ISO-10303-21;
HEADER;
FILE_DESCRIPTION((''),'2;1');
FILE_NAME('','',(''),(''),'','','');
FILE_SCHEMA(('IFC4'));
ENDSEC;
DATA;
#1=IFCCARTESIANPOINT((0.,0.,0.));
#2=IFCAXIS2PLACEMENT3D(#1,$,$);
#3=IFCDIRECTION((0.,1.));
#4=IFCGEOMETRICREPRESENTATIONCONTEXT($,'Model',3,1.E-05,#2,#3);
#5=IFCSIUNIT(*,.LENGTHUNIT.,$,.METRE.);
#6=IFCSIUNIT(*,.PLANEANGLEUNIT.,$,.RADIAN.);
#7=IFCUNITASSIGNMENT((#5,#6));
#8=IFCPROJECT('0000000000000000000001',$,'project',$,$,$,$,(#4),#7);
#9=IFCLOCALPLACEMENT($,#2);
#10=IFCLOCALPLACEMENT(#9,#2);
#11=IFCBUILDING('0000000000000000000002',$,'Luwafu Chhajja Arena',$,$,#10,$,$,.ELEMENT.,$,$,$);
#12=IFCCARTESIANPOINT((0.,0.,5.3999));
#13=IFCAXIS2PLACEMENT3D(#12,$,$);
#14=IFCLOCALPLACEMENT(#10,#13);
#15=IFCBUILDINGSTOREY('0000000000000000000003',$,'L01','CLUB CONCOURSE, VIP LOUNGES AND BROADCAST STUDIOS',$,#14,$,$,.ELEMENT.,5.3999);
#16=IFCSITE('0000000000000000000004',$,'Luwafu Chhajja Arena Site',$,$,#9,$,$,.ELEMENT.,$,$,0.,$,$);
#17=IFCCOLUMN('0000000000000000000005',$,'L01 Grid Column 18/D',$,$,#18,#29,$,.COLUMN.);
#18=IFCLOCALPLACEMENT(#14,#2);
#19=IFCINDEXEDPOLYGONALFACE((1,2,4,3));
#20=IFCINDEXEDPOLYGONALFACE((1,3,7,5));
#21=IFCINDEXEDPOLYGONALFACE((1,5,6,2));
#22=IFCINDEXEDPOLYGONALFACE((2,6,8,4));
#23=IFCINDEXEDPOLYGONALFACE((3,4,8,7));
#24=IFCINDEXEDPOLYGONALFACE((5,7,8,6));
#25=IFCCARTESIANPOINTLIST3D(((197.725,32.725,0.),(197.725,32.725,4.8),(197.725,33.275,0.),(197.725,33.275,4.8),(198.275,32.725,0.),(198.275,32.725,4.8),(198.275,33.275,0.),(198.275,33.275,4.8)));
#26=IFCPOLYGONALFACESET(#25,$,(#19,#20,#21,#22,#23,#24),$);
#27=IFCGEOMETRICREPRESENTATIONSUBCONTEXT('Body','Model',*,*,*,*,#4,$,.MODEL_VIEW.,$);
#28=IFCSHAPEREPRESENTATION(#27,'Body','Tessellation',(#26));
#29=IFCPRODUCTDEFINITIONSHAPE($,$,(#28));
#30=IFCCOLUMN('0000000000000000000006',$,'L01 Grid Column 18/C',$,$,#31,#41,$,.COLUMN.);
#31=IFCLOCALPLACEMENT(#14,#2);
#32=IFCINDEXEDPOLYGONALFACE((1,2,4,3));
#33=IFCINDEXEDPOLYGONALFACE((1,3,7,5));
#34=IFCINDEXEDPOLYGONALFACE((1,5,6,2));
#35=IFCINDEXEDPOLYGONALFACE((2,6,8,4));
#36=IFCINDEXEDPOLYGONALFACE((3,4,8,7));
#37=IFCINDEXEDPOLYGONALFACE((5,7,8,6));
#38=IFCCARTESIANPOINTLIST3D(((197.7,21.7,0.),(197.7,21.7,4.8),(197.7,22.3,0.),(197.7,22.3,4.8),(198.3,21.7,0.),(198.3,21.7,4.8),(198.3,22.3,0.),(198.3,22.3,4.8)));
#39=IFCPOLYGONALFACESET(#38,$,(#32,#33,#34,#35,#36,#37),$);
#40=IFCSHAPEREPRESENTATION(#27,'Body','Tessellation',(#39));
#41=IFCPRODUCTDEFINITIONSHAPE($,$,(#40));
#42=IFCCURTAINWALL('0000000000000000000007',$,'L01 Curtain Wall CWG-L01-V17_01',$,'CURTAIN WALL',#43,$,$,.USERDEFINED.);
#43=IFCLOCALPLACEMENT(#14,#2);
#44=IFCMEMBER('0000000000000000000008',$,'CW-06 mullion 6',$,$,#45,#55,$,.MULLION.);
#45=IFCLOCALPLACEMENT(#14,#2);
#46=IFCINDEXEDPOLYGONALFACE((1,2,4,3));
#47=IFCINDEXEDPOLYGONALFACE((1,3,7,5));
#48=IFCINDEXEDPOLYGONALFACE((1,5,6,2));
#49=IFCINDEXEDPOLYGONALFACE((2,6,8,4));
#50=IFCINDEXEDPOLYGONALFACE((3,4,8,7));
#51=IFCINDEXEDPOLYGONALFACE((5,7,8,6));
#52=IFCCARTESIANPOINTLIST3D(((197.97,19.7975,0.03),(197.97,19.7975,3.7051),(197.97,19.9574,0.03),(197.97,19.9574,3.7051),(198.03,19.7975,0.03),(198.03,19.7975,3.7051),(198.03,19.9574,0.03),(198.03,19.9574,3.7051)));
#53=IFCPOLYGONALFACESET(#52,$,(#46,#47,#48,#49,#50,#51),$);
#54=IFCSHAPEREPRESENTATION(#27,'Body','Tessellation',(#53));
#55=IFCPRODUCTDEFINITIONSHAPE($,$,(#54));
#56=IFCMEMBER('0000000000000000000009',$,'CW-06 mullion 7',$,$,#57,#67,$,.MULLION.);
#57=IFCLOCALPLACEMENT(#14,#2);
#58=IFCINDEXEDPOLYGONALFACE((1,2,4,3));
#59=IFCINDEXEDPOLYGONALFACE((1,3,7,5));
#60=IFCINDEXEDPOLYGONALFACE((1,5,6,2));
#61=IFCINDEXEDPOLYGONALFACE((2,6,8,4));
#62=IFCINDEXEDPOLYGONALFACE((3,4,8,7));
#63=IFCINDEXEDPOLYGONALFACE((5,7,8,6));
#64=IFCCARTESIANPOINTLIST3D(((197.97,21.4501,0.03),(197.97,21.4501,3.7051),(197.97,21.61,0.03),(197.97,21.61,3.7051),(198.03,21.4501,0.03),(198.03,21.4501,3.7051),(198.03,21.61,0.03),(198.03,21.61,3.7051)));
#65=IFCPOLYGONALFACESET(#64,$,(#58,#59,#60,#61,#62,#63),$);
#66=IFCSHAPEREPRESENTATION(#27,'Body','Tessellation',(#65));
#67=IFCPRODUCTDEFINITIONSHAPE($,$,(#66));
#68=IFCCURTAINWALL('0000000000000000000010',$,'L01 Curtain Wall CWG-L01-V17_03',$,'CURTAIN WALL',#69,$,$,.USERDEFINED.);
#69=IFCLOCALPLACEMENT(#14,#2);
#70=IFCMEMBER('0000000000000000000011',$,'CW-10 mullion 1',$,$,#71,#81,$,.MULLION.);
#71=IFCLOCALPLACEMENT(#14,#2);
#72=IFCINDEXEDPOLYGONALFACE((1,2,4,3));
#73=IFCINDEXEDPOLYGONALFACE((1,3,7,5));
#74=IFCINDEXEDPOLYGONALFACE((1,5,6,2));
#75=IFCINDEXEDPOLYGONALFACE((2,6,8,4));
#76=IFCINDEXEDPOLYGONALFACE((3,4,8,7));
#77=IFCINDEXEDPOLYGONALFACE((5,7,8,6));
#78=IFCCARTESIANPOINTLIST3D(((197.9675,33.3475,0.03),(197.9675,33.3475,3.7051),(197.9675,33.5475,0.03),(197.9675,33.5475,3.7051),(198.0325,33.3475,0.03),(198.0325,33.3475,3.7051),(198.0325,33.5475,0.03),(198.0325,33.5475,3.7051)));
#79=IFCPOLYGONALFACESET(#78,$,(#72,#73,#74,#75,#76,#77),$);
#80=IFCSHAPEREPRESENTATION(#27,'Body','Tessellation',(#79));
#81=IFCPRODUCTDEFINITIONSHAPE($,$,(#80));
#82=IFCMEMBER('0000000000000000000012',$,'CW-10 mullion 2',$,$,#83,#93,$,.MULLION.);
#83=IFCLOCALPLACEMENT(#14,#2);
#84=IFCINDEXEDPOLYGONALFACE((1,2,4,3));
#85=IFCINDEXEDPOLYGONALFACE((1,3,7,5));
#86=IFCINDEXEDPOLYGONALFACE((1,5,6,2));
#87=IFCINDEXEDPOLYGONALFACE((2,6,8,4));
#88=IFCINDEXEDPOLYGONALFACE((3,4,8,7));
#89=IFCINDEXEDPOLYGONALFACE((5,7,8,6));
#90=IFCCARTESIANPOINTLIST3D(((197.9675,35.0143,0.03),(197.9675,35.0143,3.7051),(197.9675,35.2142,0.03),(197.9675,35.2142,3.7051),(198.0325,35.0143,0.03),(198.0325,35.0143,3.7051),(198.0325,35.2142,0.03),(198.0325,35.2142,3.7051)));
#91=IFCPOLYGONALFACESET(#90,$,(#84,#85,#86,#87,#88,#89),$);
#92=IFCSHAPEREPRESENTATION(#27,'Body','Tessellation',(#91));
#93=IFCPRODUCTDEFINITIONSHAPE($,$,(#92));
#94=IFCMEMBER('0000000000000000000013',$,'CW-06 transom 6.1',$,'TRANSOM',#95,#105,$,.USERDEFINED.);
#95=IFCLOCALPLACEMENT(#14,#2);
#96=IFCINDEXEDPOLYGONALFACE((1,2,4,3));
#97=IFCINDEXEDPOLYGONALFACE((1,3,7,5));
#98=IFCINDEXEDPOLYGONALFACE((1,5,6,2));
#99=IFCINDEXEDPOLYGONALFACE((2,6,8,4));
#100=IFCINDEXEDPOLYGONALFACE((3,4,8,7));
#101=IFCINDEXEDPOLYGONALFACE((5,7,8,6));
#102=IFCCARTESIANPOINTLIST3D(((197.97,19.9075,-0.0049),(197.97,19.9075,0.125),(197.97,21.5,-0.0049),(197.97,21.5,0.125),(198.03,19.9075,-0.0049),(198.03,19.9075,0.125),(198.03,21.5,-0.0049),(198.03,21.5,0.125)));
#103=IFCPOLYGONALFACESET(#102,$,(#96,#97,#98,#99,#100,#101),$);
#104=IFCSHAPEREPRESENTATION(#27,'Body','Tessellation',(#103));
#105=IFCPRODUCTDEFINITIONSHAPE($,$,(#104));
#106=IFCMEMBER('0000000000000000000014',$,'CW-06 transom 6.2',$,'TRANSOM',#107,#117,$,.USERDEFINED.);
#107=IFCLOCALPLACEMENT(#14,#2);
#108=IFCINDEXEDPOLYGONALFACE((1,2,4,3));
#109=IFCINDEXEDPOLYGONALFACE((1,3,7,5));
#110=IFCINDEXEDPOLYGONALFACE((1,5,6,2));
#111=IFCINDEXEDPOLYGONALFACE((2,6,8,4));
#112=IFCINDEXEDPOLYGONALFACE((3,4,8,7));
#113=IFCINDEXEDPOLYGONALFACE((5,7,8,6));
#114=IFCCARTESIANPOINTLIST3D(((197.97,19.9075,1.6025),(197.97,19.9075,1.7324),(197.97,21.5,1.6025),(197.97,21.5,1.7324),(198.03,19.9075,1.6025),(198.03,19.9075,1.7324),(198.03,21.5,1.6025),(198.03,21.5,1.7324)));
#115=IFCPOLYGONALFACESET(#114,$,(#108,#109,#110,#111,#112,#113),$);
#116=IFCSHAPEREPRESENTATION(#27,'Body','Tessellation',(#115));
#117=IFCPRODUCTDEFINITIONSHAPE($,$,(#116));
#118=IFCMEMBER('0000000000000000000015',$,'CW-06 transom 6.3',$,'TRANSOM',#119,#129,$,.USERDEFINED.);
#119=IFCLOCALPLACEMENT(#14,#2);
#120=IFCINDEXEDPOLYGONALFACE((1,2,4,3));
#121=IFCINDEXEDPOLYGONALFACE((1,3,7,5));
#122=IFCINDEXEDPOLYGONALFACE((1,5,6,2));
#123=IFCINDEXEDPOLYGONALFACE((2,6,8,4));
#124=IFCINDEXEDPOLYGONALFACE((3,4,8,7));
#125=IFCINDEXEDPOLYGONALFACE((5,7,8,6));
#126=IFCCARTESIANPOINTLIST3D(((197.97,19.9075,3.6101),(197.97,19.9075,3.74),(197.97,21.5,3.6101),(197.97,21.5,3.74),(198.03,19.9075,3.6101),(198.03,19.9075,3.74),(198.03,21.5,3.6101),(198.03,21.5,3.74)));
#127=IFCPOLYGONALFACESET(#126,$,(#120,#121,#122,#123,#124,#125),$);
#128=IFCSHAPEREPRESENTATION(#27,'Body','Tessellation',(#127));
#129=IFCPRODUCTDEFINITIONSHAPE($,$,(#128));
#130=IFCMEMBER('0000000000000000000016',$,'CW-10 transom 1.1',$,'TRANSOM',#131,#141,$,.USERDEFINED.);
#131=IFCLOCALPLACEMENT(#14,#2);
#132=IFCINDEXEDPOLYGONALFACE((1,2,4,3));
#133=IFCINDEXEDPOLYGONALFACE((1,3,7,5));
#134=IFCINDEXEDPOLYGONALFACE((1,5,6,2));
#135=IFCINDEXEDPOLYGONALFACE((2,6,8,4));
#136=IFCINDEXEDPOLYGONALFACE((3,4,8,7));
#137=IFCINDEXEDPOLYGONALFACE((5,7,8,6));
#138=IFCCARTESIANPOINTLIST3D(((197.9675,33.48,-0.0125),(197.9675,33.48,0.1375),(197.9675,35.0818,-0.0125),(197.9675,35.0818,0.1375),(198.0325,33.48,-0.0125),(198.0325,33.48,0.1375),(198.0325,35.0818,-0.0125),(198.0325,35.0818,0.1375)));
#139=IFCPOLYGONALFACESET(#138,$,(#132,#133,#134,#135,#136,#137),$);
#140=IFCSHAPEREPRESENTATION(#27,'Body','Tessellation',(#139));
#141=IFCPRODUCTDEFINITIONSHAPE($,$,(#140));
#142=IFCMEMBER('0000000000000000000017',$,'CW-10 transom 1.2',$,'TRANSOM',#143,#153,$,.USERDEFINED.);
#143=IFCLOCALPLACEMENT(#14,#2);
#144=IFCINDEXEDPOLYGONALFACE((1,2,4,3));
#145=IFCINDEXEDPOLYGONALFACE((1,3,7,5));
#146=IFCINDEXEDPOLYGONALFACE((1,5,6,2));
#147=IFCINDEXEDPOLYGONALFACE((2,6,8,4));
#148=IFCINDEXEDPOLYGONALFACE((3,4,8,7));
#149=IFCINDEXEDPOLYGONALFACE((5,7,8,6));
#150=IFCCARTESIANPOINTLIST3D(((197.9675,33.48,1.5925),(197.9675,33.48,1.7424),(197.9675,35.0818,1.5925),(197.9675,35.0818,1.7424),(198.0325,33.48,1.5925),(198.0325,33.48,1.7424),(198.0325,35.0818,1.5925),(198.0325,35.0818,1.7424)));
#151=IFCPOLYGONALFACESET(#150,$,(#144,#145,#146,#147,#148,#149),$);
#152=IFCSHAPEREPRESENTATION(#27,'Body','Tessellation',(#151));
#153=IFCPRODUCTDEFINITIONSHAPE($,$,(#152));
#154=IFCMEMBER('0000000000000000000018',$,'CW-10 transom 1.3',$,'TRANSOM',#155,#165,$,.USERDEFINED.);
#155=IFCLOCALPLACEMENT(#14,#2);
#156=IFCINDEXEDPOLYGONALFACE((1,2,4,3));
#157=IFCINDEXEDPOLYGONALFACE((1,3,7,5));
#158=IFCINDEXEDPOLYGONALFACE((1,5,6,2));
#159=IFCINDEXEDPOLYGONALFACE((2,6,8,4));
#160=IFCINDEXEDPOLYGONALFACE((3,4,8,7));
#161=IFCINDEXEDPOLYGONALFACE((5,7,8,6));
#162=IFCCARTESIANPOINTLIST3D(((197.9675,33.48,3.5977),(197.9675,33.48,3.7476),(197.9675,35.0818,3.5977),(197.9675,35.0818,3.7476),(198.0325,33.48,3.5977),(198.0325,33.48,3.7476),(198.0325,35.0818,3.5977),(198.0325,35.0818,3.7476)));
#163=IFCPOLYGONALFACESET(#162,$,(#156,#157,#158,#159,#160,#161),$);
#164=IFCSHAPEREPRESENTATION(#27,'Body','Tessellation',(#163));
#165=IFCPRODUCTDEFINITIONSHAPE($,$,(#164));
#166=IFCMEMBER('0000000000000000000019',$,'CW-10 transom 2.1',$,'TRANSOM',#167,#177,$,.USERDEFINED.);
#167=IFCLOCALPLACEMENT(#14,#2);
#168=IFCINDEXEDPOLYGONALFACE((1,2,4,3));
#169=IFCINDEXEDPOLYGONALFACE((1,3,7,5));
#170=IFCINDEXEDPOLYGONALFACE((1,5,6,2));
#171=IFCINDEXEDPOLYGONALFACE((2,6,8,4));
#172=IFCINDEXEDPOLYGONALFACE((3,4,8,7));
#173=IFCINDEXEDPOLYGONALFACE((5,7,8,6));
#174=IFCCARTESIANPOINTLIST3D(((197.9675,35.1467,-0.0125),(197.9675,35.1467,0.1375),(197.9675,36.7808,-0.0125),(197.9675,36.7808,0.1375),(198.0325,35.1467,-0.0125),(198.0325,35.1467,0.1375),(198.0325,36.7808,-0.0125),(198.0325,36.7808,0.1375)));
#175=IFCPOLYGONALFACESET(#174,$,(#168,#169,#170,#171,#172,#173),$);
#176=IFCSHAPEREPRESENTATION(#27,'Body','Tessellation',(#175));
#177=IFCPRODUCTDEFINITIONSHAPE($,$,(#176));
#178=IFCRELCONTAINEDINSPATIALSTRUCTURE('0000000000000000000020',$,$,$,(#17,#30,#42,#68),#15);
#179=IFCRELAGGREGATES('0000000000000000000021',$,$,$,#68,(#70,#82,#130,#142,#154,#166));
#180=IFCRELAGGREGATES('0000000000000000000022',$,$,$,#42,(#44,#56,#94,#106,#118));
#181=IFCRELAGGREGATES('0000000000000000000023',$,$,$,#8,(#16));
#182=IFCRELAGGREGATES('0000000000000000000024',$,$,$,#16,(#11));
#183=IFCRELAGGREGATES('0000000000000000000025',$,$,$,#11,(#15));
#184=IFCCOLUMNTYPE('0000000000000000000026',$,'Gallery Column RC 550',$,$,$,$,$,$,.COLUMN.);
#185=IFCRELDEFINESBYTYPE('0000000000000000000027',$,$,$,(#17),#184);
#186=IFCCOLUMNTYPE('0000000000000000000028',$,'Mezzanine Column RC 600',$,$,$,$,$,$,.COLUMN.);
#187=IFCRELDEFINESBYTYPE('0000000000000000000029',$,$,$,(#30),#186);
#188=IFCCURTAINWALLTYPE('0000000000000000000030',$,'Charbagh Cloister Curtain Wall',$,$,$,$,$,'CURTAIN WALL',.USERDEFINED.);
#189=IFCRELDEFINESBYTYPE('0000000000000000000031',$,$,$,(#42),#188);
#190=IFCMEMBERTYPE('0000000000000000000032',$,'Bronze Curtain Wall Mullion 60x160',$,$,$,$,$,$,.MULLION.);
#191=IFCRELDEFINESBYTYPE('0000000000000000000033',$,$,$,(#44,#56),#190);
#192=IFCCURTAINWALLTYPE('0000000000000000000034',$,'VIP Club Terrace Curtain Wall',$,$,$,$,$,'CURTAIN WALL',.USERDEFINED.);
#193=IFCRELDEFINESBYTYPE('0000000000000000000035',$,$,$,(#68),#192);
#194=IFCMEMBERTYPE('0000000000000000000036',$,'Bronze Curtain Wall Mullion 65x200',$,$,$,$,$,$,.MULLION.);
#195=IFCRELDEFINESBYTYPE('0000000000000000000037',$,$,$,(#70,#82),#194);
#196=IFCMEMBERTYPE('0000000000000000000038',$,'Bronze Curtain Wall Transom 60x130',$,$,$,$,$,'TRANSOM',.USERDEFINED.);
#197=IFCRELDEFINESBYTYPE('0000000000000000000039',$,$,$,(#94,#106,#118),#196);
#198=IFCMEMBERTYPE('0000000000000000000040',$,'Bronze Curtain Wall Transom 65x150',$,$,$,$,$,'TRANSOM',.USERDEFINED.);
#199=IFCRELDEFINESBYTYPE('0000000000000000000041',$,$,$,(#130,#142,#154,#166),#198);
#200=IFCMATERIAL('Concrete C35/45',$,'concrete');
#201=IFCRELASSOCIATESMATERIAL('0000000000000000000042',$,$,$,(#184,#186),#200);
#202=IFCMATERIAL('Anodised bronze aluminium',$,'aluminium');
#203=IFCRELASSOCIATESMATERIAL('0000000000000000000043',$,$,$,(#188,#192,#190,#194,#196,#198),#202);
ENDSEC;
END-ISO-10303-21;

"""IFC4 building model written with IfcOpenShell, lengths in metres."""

from ifc_helpers import new_model, si_unit, direction, frame, origin, origin_2d, place, context, subcontext, project, spatial, rectangle, extrude, material, material_profile, profile_set, type_object, element, aggregate, save


model = new_model("IFC4")

# Units and contexts
model_context = context("Model", 3, precision=1e-05, world=origin(), true_north=direction((0.0, 1.0)))
body_context = subcontext(model_context, "Body", "Model", "MODEL_VIEW")
ifc_project = project(units=[si_unit("LENGTHUNIT", "METRE"), si_unit("PLANEANGLEUNIT", "RADIAN")], contexts=[model_context])

# Site, building, storey
site_placement = place(None, origin())
site = spatial("IfcSite", under=ifc_project, at=site_placement, Name="Luwafu Chhajja Arena Site", CompositionType="ELEMENT", RefElevation=0.0)
building_placement = place(site_placement, origin())
building = spatial("IfcBuilding", under=site, at=building_placement, Name="Luwafu Chhajja Arena", CompositionType="ELEMENT")
storey_placement = place(building_placement, frame((0.0, 0.0, 5.3999)))
storey = spatial("IfcBuildingStorey", under=building, at=storey_placement, Name="L01", Description="CLUB CONCOURSE, VIP LOUNGES AND BROADCAST STUDIOS", CompositionType="ELEMENT", Elevation=5.3999)

# Columns
ifc_material_1 = material(Name="Concrete C35/45", Category="concrete")
ifc_material_profile_1 = material_profile(ifc_material_1, rectangle(XDim=0.55, YDim=0.55, at=origin_2d()), Name="RC 550x550")
ifc_profile_set_1 = profile_set([ifc_material_profile_1], Name="Concrete C35/45")
column_type_1 = type_object("IfcColumnType", Name="Gallery Column RC 550", PredefinedType="COLUMN", material=ifc_profile_set_1)
column_1_placement = place(storey_placement, frame((198.0, 33.0, 0.0), z_axis=(0.0, 0.0, 1.0), x_axis=(1.0, 0.0, 0.0)))
element("IfcColumn", 1, at=column_1_placement, inside=storey, type_object=column_type_1, Name="L01 Grid Column 18/D", PredefinedType="COLUMN", context=body_context, shape_type="SweptSolid", body=[
    extrude(rectangle(XDim=0.55, YDim=0.55, at=origin_2d()), origin(), (0.0, 0.0, 1.0), 4.8),
])
ifc_material_profile_2 = material_profile(ifc_material_1, rectangle(XDim=0.6001, YDim=0.6001, at=origin_2d()), Name="RC 600x600")
ifc_profile_set_2 = profile_set([ifc_material_profile_2], Name="Concrete C35/45")
column_type_2 = type_object("IfcColumnType", Name="Mezzanine Column RC 600", PredefinedType="COLUMN", material=ifc_profile_set_2)
column_2_placement = place(storey_placement, frame((198.0, 22.0, 0.0), z_axis=(0.0, 0.0, 1.0), x_axis=(1.0, 0.0, 0.0)))
element("IfcColumn", 2, at=column_2_placement, inside=storey, type_object=column_type_2, Name="L01 Grid Column 18/C", PredefinedType="COLUMN", context=body_context, shape_type="SweptSolid", body=[
    extrude(rectangle(XDim=0.6001, YDim=0.6001, at=origin_2d()), origin(), (0.0, 0.0, 1.0), 4.8),
])

# Curtain walls, members
ifc_material_2 = material(Name="Anodised bronze aluminium", Category="aluminium")
curtain_wall_type_1 = type_object("IfcCurtainWallType", Name="Charbagh Cloister Curtain Wall", ElementType="CURTAIN WALL", PredefinedType="USERDEFINED", material=ifc_material_2)
curtain_wall_1_placement = place(storey_placement, origin())
curtain_wall_1 = element("IfcCurtainWall", 3, at=curtain_wall_1_placement, inside=storey, type_object=curtain_wall_type_1, Name="L01 Curtain Wall CWG-L01-V17_01", ObjectType="CURTAIN WALL", PredefinedType="USERDEFINED")
ifc_material_profile_3 = material_profile(ifc_material_2, rectangle(XDim=0.0601, YDim=0.1599, at=origin_2d()), Name="CWM 60x160")
ifc_profile_set_3 = profile_set([ifc_material_profile_3], Name="Anodised bronze aluminium")
member_type_1 = type_object("IfcMemberType", Name="Bronze Curtain Wall Mullion 60x160", PredefinedType="MULLION", material=ifc_profile_set_3)
member_1_placement = place(storey_placement, frame((198.0, 19.8774, 0.03), z_axis=(0.0, 0.0, 1.0), x_axis=(-1.0, 0.0, 0.0)))
member_1 = element("IfcMember", 4, at=member_1_placement, type_object=member_type_1, Name="CW-06 mullion 6", PredefinedType="MULLION", context=body_context, shape_type="SweptSolid", body=[
    extrude(rectangle(XDim=0.0601, YDim=0.1599, at=origin_2d()), origin(), (0.0, 0.0, 1.0), 3.675),
])
member_2_placement = place(storey_placement, frame((198.0, 21.53, 0.03), z_axis=(0.0, 0.0, 1.0), x_axis=(-1.0, 0.0, 0.0)))
member_2 = element("IfcMember", 5, at=member_2_placement, type_object=member_type_1, Name="CW-06 mullion 7", PredefinedType="MULLION", context=body_context, shape_type="SweptSolid", body=[
    extrude(rectangle(XDim=0.0601, YDim=0.1599, at=origin_2d()), origin(), (0.0, 0.0, 1.0), 3.675),
])
curtain_wall_type_2 = type_object("IfcCurtainWallType", Name="VIP Club Terrace Curtain Wall", ElementType="CURTAIN WALL", PredefinedType="USERDEFINED", material=ifc_material_2)
curtain_wall_2_placement = place(storey_placement, origin())
curtain_wall_2 = element("IfcCurtainWall", 6, at=curtain_wall_2_placement, inside=storey, type_object=curtain_wall_type_2, Name="L01 Curtain Wall CWG-L01-V17_03", ObjectType="CURTAIN WALL", PredefinedType="USERDEFINED")
ifc_material_profile_4 = material_profile(ifc_material_2, rectangle(XDim=0.0649, YDim=0.2, at=origin_2d()), Name="CWM 65x200")
ifc_profile_set_4 = profile_set([ifc_material_profile_4], Name="Anodised bronze aluminium")
member_type_2 = type_object("IfcMemberType", Name="Bronze Curtain Wall Mullion 65x200", PredefinedType="MULLION", material=ifc_profile_set_4)
member_3_placement = place(storey_placement, frame((198.0, 33.4475, 0.03), z_axis=(0.0, 0.0, 1.0), x_axis=(-1.0, 0.0, 0.0)))
member_3 = element("IfcMember", 7, at=member_3_placement, type_object=member_type_2, Name="CW-10 mullion 1", PredefinedType="MULLION", context=body_context, shape_type="SweptSolid", body=[
    extrude(rectangle(XDim=0.0649, YDim=0.2, at=origin_2d()), origin(), (0.0, 0.0, 1.0), 3.675),
])
member_4_placement = place(storey_placement, frame((198.0, 35.1143, 0.03), z_axis=(0.0, 0.0, 1.0), x_axis=(-1.0, 0.0, 0.0)))
member_4 = element("IfcMember", 8, at=member_4_placement, type_object=member_type_2, Name="CW-10 mullion 2", PredefinedType="MULLION", context=body_context, shape_type="SweptSolid", body=[
    extrude(rectangle(XDim=0.0649, YDim=0.2, at=origin_2d()), origin(), (0.0, 0.0, 1.0), 3.675),
])

# Members
ifc_material_profile_5 = material_profile(ifc_material_2, rectangle(XDim=0.0601, YDim=0.1299, at=origin_2d()), Name="CWT 60x130")
ifc_profile_set_5 = profile_set([ifc_material_profile_5], Name="Anodised bronze aluminium")
member_type_3 = type_object("IfcMemberType", Name="Bronze Curtain Wall Transom 60x130", ElementType="TRANSOM", PredefinedType="USERDEFINED", material=ifc_profile_set_5)
member_5_placement = place(storey_placement, frame((198.0, 19.9075, 0.0601), z_axis=(0.0, 1.0, 0.0), x_axis=(-1.0, 0.0, 0.0)))
member_5 = element("IfcMember", 9, at=member_5_placement, type_object=member_type_3, Name="CW-06 transom 6.1", ObjectType="TRANSOM", PredefinedType="USERDEFINED", context=body_context, shape_type="SweptSolid", body=[
    extrude(rectangle(XDim=0.0601, YDim=0.1299, at=origin_2d()), origin(), (0.0, 0.0, 1.0), 1.5925),
])
member_6_placement = place(storey_placement, frame((198.0, 19.9075, 1.6675), z_axis=(0.0, 1.0, 0.0), x_axis=(-1.0, 0.0, 0.0)))
member_6 = element("IfcMember", 10, at=member_6_placement, type_object=member_type_3, Name="CW-06 transom 6.2", ObjectType="TRANSOM", PredefinedType="USERDEFINED", context=body_context, shape_type="SweptSolid", body=[
    extrude(rectangle(XDim=0.0601, YDim=0.1299, at=origin_2d()), origin(), (0.0, 0.0, 1.0), 1.5925),
])
member_7_placement = place(storey_placement, frame((198.0, 19.9075, 3.675), z_axis=(0.0, 1.0, 0.0), x_axis=(-1.0, 0.0, 0.0)))
member_7 = element("IfcMember", 11, at=member_7_placement, type_object=member_type_3, Name="CW-06 transom 6.3", ObjectType="TRANSOM", PredefinedType="USERDEFINED", context=body_context, shape_type="SweptSolid", body=[
    extrude(rectangle(XDim=0.0601, YDim=0.1299, at=origin_2d()), origin(), (0.0, 0.0, 1.0), 1.5925),
])
ifc_material_profile_6 = material_profile(ifc_material_2, rectangle(XDim=0.0649, YDim=0.1499, at=origin_2d()), Name="CWT 65x150")
ifc_profile_set_6 = profile_set([ifc_material_profile_6], Name="Anodised bronze aluminium")
member_type_4 = type_object("IfcMemberType", Name="Bronze Curtain Wall Transom 65x150", ElementType="TRANSOM", PredefinedType="USERDEFINED", material=ifc_profile_set_6)
member_8_placement = place(storey_placement, frame((198.0, 33.48, 0.0625), z_axis=(0.0, 1.0, 0.0), x_axis=(-1.0, 0.0, 0.0)))
member_8 = element("IfcMember", 12, at=member_8_placement, type_object=member_type_4, Name="CW-10 transom 1.1", ObjectType="TRANSOM", PredefinedType="USERDEFINED", context=body_context, shape_type="SweptSolid", body=[
    extrude(rectangle(XDim=0.0649, YDim=0.1499, at=origin_2d()), origin(), (0.0, 0.0, 1.0), 1.6018),
])
member_9_placement = place(storey_placement, frame((198.0, 33.48, 1.6675), z_axis=(0.0, 1.0, 0.0), x_axis=(-1.0, 0.0, 0.0)))
member_9 = element("IfcMember", 13, at=member_9_placement, type_object=member_type_4, Name="CW-10 transom 1.2", ObjectType="TRANSOM", PredefinedType="USERDEFINED", context=body_context, shape_type="SweptSolid", body=[
    extrude(rectangle(XDim=0.0649, YDim=0.1499, at=origin_2d()), origin(), (0.0, 0.0, 1.0), 1.6018),
])
member_10_placement = place(storey_placement, frame((198.0, 33.48, 3.6726), z_axis=(0.0, 1.0, 0.0), x_axis=(-1.0, 0.0, 0.0)))
member_10 = element("IfcMember", 14, at=member_10_placement, type_object=member_type_4, Name="CW-10 transom 1.3", ObjectType="TRANSOM", PredefinedType="USERDEFINED", context=body_context, shape_type="SweptSolid", body=[
    extrude(rectangle(XDim=0.0649, YDim=0.1499, at=origin_2d()), origin(), (0.0, 0.0, 1.0), 1.6018),
])
member_11_placement = place(storey_placement, frame((198.0, 35.1467, 0.0625), z_axis=(0.0, 1.0, 0.0), x_axis=(-1.0, 0.0, 0.0)))
member_11 = element("IfcMember", 15, at=member_11_placement, type_object=member_type_4, Name="CW-10 transom 2.1", ObjectType="TRANSOM", PredefinedType="USERDEFINED", context=body_context, shape_type="SweptSolid", body=[
    extrude(rectangle(XDim=0.0649, YDim=0.1499, at=origin_2d()), origin(), (0.0, 0.0, 1.0), 1.634),
])

aggregate(curtain_wall_2, [member_3, member_4, member_8, member_9, member_10, member_11])
aggregate(curtain_wall_1, [member_1, member_2, member_5, member_6, member_7])

save(model, "model.ifc")
